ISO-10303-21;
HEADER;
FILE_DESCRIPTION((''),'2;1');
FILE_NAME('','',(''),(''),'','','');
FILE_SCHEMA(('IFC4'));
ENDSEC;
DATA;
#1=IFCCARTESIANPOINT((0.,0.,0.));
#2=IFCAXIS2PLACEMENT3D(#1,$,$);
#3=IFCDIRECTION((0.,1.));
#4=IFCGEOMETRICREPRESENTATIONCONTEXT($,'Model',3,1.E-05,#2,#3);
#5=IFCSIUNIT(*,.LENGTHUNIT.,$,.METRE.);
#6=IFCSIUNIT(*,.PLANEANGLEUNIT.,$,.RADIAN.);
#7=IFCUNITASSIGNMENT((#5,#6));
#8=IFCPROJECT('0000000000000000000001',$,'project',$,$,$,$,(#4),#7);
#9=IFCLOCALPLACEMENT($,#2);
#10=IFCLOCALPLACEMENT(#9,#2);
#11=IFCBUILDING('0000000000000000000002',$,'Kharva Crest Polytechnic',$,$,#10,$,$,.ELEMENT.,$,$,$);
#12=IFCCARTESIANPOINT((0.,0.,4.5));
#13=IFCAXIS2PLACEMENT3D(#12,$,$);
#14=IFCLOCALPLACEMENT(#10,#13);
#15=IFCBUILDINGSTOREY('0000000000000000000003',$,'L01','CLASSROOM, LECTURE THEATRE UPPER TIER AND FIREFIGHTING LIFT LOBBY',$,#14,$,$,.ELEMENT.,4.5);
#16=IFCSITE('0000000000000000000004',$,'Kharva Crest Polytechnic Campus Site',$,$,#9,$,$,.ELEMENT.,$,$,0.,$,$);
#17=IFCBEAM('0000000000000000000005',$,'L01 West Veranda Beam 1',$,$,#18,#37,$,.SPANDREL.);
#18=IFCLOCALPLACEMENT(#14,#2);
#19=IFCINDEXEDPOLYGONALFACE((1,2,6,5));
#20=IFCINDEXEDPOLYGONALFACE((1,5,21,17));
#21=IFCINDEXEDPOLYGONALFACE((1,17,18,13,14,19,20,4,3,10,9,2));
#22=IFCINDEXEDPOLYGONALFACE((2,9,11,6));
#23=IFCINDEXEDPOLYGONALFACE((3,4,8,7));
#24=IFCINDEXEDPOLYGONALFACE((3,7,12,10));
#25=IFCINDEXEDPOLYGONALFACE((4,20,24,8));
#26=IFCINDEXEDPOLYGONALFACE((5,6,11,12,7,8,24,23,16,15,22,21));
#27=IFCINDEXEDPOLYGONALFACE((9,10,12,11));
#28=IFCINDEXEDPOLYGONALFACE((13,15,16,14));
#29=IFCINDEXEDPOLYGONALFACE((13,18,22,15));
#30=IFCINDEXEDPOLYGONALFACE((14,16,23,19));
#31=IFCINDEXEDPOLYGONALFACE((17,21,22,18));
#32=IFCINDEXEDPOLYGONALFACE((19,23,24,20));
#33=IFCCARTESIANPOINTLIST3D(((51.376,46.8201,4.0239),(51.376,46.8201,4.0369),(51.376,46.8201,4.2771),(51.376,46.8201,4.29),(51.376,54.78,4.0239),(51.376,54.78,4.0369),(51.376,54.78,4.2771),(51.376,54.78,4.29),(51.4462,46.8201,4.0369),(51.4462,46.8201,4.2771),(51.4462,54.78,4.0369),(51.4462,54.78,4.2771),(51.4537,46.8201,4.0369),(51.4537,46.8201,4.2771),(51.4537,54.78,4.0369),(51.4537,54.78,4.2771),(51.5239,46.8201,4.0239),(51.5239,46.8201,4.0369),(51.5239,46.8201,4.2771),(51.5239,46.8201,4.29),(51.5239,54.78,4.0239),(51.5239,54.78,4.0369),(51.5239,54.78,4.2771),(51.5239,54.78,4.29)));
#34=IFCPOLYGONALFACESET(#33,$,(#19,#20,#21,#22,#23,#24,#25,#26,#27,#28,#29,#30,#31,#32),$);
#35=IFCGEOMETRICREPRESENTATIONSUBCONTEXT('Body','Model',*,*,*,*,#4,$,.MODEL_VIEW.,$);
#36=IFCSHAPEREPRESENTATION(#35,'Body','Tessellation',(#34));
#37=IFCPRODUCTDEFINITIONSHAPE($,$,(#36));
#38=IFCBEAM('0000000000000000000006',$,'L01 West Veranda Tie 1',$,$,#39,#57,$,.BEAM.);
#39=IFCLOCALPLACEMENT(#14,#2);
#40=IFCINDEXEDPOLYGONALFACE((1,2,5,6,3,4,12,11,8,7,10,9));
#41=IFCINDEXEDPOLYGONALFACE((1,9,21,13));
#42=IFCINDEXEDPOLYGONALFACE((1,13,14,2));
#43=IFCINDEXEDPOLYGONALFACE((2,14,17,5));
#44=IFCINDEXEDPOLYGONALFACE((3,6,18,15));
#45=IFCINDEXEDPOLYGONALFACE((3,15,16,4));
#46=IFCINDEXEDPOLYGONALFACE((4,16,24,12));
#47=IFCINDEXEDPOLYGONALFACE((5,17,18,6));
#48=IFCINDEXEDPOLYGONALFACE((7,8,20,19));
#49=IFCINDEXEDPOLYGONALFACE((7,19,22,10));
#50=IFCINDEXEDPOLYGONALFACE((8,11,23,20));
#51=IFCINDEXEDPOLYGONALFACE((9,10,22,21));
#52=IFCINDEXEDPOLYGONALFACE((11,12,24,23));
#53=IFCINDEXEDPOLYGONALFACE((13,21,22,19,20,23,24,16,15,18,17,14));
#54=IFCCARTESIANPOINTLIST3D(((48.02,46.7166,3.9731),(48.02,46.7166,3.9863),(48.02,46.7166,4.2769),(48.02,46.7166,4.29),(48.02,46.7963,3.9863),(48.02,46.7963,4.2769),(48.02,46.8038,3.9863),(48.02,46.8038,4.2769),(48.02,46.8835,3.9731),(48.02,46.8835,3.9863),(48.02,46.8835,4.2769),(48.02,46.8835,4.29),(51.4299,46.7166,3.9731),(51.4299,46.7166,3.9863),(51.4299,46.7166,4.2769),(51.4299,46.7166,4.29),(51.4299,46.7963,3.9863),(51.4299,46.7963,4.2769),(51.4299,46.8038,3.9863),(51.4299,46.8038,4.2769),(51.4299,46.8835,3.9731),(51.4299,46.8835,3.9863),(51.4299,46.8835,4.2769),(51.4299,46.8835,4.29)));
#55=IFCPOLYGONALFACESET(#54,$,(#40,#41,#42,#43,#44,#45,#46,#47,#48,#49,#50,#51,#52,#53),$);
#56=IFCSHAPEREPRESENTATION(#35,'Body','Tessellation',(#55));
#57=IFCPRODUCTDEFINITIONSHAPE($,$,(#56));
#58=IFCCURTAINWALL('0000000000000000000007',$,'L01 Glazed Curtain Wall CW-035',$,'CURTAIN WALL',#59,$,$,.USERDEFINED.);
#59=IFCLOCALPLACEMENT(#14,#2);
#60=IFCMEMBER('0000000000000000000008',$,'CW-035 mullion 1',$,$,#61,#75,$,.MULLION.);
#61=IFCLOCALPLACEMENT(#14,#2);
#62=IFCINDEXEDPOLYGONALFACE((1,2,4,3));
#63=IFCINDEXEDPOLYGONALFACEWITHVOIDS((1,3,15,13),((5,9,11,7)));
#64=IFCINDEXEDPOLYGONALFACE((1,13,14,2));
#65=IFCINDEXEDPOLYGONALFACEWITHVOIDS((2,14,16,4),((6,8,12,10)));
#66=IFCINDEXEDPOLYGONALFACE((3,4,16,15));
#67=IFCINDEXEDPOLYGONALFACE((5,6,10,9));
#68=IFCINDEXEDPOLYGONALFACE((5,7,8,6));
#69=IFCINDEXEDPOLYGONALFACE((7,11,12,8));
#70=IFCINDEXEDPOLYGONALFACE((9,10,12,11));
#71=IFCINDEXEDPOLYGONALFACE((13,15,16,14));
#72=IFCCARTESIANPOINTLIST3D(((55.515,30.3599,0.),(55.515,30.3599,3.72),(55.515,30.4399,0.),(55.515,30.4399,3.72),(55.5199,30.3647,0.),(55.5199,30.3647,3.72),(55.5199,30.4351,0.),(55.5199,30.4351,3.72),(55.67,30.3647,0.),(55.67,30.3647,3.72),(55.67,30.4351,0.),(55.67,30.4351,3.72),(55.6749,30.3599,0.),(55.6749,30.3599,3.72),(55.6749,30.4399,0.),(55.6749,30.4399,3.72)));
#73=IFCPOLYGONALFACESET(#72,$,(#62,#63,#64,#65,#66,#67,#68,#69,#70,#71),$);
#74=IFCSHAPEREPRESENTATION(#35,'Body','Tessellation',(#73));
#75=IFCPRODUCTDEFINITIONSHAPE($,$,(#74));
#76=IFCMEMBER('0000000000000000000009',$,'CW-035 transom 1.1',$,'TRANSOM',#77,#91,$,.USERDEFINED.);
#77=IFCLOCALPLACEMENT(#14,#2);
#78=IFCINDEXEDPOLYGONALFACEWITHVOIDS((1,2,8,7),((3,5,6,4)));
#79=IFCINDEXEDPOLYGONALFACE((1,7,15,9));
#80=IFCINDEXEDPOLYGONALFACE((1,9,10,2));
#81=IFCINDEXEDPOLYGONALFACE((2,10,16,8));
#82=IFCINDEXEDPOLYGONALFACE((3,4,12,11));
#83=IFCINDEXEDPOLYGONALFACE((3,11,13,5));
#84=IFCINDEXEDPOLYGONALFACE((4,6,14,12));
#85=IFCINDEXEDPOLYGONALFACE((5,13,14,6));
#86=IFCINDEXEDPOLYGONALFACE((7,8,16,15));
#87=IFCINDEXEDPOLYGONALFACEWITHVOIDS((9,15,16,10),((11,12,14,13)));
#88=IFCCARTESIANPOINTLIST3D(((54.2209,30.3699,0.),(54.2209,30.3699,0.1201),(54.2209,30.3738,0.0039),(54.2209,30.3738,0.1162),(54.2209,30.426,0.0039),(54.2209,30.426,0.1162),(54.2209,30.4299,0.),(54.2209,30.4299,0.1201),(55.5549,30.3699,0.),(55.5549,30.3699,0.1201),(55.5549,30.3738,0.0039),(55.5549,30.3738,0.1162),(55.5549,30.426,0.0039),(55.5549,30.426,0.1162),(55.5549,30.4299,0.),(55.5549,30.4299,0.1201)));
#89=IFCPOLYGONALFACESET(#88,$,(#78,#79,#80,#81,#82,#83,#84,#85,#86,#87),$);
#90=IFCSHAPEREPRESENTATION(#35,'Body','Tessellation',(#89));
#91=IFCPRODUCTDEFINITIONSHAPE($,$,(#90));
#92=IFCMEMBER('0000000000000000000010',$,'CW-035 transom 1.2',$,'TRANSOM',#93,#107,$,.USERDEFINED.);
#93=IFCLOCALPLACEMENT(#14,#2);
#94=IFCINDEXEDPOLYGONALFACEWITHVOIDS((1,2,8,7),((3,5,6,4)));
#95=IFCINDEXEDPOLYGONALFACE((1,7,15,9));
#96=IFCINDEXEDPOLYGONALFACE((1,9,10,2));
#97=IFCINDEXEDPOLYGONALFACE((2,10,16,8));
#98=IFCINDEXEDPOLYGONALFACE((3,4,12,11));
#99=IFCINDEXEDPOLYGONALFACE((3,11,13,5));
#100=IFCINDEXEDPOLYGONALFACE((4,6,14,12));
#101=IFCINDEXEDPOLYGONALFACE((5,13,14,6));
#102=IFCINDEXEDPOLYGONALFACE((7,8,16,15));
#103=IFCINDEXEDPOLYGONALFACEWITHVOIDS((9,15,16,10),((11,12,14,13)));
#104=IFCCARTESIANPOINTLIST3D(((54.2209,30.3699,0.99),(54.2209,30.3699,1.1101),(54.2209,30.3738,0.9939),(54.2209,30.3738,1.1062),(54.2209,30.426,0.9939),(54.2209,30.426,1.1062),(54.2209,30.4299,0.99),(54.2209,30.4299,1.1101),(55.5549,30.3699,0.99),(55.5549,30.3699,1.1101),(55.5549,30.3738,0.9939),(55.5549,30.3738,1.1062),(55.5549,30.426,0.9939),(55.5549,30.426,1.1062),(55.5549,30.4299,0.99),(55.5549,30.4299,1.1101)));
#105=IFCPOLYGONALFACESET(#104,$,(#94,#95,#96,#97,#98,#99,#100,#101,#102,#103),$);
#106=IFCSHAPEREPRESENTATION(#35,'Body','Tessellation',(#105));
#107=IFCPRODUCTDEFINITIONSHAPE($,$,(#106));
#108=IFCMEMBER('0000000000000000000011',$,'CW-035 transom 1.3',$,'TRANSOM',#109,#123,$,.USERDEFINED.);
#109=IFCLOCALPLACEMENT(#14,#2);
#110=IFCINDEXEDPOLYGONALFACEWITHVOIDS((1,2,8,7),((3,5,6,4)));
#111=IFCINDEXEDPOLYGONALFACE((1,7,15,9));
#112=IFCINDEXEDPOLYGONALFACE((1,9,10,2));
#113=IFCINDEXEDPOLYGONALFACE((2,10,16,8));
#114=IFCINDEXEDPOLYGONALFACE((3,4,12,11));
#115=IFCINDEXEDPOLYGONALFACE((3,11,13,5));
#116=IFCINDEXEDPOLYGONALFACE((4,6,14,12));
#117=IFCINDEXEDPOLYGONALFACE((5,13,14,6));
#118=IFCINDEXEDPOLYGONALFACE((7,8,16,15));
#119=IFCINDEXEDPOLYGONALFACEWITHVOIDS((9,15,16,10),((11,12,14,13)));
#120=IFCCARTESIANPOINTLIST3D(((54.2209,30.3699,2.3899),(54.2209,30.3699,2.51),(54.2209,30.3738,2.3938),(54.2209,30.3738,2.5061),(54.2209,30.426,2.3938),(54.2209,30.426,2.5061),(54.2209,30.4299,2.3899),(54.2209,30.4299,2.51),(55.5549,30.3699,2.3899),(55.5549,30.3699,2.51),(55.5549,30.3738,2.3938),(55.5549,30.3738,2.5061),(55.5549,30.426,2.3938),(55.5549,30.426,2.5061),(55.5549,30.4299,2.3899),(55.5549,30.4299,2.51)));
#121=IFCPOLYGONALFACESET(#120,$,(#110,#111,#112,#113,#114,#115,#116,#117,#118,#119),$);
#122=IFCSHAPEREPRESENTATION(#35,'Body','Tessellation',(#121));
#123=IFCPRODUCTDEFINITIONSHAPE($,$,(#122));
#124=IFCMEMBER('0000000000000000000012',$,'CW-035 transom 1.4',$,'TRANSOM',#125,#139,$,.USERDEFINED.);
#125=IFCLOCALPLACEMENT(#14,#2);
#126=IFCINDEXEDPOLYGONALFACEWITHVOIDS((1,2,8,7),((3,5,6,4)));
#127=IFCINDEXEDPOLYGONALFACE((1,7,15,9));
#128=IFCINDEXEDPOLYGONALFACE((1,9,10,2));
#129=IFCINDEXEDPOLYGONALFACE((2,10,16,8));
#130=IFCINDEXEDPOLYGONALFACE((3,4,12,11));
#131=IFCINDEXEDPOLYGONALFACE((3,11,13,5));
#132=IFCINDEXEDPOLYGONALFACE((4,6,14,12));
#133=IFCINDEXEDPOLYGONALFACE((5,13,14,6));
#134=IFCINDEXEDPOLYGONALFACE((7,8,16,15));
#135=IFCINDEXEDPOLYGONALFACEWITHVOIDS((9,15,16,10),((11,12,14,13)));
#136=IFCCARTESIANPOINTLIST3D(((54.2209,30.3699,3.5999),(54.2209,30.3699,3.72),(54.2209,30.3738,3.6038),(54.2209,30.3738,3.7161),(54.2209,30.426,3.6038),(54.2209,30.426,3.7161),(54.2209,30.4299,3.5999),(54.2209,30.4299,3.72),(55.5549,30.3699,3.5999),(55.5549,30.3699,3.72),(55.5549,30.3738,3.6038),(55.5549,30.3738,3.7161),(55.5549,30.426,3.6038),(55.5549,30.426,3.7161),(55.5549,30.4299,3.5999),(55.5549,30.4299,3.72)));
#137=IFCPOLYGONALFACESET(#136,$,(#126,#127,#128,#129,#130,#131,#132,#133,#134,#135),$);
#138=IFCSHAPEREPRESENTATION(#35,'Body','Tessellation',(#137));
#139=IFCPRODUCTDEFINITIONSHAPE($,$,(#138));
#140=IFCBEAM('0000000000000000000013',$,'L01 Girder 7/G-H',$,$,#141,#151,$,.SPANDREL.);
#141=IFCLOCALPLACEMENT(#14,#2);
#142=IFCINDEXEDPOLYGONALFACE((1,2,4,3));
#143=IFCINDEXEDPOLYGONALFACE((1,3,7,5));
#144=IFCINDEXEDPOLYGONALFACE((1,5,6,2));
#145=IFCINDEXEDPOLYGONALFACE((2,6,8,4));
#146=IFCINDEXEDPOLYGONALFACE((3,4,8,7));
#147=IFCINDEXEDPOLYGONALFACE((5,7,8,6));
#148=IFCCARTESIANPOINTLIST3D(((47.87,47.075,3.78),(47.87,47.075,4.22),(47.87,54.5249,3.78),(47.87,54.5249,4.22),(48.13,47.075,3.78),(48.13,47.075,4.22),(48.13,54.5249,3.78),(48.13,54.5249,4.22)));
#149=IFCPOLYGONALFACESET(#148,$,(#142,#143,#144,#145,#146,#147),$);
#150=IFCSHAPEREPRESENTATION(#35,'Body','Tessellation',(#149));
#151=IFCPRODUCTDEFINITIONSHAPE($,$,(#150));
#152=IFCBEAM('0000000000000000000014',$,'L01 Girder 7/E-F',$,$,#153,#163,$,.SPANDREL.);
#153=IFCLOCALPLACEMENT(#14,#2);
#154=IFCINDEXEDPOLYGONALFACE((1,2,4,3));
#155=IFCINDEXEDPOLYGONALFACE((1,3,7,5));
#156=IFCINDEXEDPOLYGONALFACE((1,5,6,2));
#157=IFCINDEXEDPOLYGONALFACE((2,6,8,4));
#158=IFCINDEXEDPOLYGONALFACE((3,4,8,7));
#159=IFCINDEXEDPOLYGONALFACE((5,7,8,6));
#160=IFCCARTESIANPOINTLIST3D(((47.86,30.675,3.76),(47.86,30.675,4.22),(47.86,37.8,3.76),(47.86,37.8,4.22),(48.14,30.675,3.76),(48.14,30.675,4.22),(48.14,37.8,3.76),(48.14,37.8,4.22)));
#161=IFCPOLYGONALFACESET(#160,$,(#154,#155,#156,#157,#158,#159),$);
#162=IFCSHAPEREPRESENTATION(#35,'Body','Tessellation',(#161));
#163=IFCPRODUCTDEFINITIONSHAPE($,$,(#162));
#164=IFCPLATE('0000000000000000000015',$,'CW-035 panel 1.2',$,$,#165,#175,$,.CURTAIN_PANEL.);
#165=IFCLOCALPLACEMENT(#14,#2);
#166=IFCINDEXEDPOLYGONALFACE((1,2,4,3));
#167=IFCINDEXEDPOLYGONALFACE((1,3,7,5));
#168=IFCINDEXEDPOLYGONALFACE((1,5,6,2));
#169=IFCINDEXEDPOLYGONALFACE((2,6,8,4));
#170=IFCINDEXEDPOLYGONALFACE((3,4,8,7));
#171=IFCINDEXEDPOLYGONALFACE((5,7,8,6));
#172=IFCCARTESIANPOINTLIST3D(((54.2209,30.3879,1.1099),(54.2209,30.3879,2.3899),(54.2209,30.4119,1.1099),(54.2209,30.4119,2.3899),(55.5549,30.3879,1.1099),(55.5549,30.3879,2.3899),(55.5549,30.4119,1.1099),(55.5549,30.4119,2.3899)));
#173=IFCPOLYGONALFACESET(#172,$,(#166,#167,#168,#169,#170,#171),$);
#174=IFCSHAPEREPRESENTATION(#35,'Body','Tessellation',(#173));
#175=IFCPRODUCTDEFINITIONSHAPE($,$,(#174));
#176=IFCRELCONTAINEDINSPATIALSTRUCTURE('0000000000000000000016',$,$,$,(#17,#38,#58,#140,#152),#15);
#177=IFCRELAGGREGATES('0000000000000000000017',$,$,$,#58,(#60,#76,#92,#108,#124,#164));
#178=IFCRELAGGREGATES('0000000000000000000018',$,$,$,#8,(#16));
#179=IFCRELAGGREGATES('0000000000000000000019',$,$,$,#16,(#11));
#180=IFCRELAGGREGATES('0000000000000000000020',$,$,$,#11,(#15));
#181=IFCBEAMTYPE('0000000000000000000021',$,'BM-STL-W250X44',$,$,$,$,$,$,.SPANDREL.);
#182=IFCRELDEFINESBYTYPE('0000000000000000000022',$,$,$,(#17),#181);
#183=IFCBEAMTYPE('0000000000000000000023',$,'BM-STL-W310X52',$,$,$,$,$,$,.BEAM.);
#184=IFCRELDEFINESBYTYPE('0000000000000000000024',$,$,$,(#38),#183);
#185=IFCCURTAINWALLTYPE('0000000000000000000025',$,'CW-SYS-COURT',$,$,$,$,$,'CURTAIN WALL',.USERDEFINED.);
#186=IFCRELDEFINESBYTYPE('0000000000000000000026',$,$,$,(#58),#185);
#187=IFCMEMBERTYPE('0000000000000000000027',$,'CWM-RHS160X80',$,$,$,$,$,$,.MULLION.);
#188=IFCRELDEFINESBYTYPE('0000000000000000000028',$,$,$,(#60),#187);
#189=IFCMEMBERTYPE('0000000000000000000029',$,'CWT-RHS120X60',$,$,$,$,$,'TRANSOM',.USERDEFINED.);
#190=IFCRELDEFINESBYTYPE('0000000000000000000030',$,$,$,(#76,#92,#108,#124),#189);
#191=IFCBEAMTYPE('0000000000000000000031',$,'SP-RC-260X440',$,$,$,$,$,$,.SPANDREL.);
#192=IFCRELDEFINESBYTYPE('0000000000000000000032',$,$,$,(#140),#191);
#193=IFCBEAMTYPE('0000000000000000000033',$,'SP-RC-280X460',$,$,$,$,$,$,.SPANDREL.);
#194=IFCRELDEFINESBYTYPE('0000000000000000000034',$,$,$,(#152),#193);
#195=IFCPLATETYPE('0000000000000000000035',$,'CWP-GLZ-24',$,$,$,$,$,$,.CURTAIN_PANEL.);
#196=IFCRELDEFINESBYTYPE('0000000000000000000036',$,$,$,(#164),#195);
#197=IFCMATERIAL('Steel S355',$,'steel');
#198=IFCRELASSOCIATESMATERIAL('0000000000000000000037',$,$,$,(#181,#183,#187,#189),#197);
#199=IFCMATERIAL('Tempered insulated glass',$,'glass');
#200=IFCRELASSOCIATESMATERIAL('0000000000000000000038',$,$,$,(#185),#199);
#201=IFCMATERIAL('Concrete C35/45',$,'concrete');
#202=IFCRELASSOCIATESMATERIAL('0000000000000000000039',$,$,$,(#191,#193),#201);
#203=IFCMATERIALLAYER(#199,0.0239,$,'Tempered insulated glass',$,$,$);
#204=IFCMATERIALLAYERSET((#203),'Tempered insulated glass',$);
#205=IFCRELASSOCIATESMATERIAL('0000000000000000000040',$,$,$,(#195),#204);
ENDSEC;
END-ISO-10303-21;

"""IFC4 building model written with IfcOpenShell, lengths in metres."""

from ifc_helpers import new_model, si_unit, direction, frame, origin, origin_2d, place, context, subcontext, project, spatial, rectangle, hollow_rectangle, i_section, extrude, material, layer, layer_set, material_profile, profile_set, type_object, element, aggregate, save


model = new_model("IFC4")

# Units and contexts
model_context = context("Model", 3, precision=1e-05, world=origin(), true_north=direction((0.0, 1.0)))
body_context = subcontext(model_context, "Body", "Model", "MODEL_VIEW")
ifc_project = project(units=[si_unit("LENGTHUNIT", "METRE"), si_unit("PLANEANGLEUNIT", "RADIAN")], contexts=[model_context])

# Site, building, storey
site_placement = place(None, origin())
site = spatial("IfcSite", under=ifc_project, at=site_placement, Name="Kharva Crest Polytechnic Campus Site", CompositionType="ELEMENT", RefElevation=0.0)
building_placement = place(site_placement, origin())
building = spatial("IfcBuilding", under=site, at=building_placement, Name="Kharva Crest Polytechnic", CompositionType="ELEMENT")
storey_placement = place(building_placement, frame((0.0, 0.0, 4.5)))
storey = spatial("IfcBuildingStorey", under=building, at=storey_placement, Name="L01", Description="CLASSROOM, LECTURE THEATRE UPPER TIER AND FIREFIGHTING LIFT LOBBY", CompositionType="ELEMENT", Elevation=4.5)

# Shared definitions
ifc_material_1 = material(Name="Steel S355", Category="steel")

# Beams
ifc_material_profile_1 = material_profile(ifc_material_1, i_section(OverallWidth=0.1479, OverallDepth=0.2661, WebThickness=0.0076, FlangeThickness=0.0129, at=origin_2d()), Name="W250X44.8")
ifc_profile_set_1 = profile_set([ifc_material_profile_1], Name="Steel S355")
beam_type_1 = type_object("IfcBeamType", Name="BM-STL-W250X44", PredefinedType="SPANDREL", material=ifc_profile_set_1)
beam_1_placement = place(storey_placement, frame((51.45, 46.8201, 4.157), z_axis=(0.0, 1.0, 0.0), x_axis=(-1.0, 0.0, 0.0)))
element("IfcBeam", 1, at=beam_1_placement, inside=storey, type_object=beam_type_1, Name="L01 West Veranda Beam 1", PredefinedType="SPANDREL", context=body_context, shape_type="SweptSolid", body=[
    extrude(i_section(OverallWidth=0.1479, OverallDepth=0.2661, WebThickness=0.0076, FlangeThickness=0.0129, at=origin_2d()), origin(), (0.0, 0.0, 1.0), 7.96),
])
ifc_material_profile_2 = material_profile(ifc_material_1, i_section(OverallWidth=0.167, OverallDepth=0.3169, WebThickness=0.0076, FlangeThickness=0.0132, at=origin_2d()), Name="W310X52")
ifc_profile_set_2 = profile_set([ifc_material_profile_2], Name="Steel S355")
beam_type_2 = type_object("IfcBeamType", Name="BM-STL-W310X52", PredefinedType="BEAM", material=ifc_profile_set_2)
beam_2_placement = place(storey_placement, frame((48.02, 46.8, 4.1316), z_axis=(1.0, 0.0, 0.0), x_axis=(0.0, 1.0, 0.0)))
element("IfcBeam", 2, at=beam_2_placement, inside=storey, type_object=beam_type_2, Name="L01 West Veranda Tie 1", PredefinedType="BEAM", context=body_context, shape_type="SweptSolid", body=[
    extrude(i_section(OverallWidth=0.167, OverallDepth=0.3169, WebThickness=0.0076, FlangeThickness=0.0132, at=origin_2d()), origin(), (0.0, 0.0, 1.0), 3.4099),
])

# Curtain wall, members
ifc_material_2 = material(Name="Tempered insulated glass", Category="glass")
curtain_wall_type = type_object("IfcCurtainWallType", Name="CW-SYS-COURT", ElementType="CURTAIN WALL", PredefinedType="USERDEFINED", material=ifc_material_2)
curtain_wall_placement = place(storey_placement, origin())
curtain_wall = element("IfcCurtainWall", 3, at=curtain_wall_placement, inside=storey, type_object=curtain_wall_type, Name="L01 Glazed Curtain Wall CW-035", ObjectType="CURTAIN WALL", PredefinedType="USERDEFINED")
ifc_material_profile_3 = material_profile(ifc_material_1, hollow_rectangle(XDim=0.0801, YDim=0.1599, WallThickness=0.0049, at=origin_2d()), Name="RHS 160X80X5.0")
ifc_profile_set_3 = profile_set([ifc_material_profile_3], Name="Steel S355")
member_type_1 = type_object("IfcMemberType", Name="CWM-RHS160X80", PredefinedType="MULLION", material=ifc_profile_set_3)
member_1_placement = place(storey_placement, frame((55.595, 30.3999, 0.0), z_axis=(0.0, 0.0, 1.0), x_axis=(0.0, -1.0, 0.0)))
member_1 = element("IfcMember", 4, at=member_1_placement, type_object=member_type_1, Name="CW-035 mullion 1", PredefinedType="MULLION", context=body_context, shape_type="SweptSolid", body=[
    extrude(hollow_rectangle(XDim=0.0801, YDim=0.1599, WallThickness=0.0049, at=origin_2d()), origin(), (0.0, 0.0, 1.0), 3.72),
])
ifc_material_profile_4 = material_profile(ifc_material_1, hollow_rectangle(XDim=0.0601, YDim=0.1201, WallThickness=0.0039, at=origin_2d()), Name="RHS 120X60X4.0")
ifc_profile_set_4 = profile_set([ifc_material_profile_4], Name="Steel S355")
member_type_2 = type_object("IfcMemberType", Name="CWT-RHS120X60", ElementType="TRANSOM", PredefinedType="USERDEFINED", material=ifc_profile_set_4)
member_2_placement = place(storey_placement, frame((55.5549, 30.3999, 0.0601), z_axis=(-1.0, 0.0, 0.0), x_axis=(0.0, -1.0, 0.0)))
member_2 = element("IfcMember", 5, at=member_2_placement, type_object=member_type_2, Name="CW-035 transom 1.1", ObjectType="TRANSOM", PredefinedType="USERDEFINED", context=body_context, shape_type="SweptSolid", body=[
    extrude(hollow_rectangle(XDim=0.0601, YDim=0.1201, WallThickness=0.0039, at=origin_2d()), origin(), (0.0, 0.0, 1.0), 1.334),
])
member_3_placement = place(storey_placement, frame((55.5549, 30.3999, 1.05), z_axis=(-1.0, 0.0, 0.0), x_axis=(0.0, -1.0, 0.0)))
member_3 = element("IfcMember", 6, at=member_3_placement, type_object=member_type_2, Name="CW-035 transom 1.2", ObjectType="TRANSOM", PredefinedType="USERDEFINED", context=body_context, shape_type="SweptSolid", body=[
    extrude(hollow_rectangle(XDim=0.0601, YDim=0.1201, WallThickness=0.0039, at=origin_2d()), origin(), (0.0, 0.0, 1.0), 1.334),
])
member_4_placement = place(storey_placement, frame((55.5549, 30.3999, 2.45), z_axis=(-1.0, 0.0, 0.0), x_axis=(0.0, -1.0, 0.0)))
member_4 = element("IfcMember", 7, at=member_4_placement, type_object=member_type_2, Name="CW-035 transom 1.3", ObjectType="TRANSOM", PredefinedType="USERDEFINED", context=body_context, shape_type="SweptSolid", body=[
    extrude(hollow_rectangle(XDim=0.0601, YDim=0.1201, WallThickness=0.0039, at=origin_2d()), origin(), (0.0, 0.0, 1.0), 1.334),
])
member_5_placement = place(storey_placement, frame((55.5549, 30.3999, 3.6599), z_axis=(-1.0, 0.0, 0.0), x_axis=(0.0, -1.0, 0.0)))
member_5 = element("IfcMember", 8, at=member_5_placement, type_object=member_type_2, Name="CW-035 transom 1.4", ObjectType="TRANSOM", PredefinedType="USERDEFINED", context=body_context, shape_type="SweptSolid", body=[
    extrude(hollow_rectangle(XDim=0.0601, YDim=0.1201, WallThickness=0.0039, at=origin_2d()), origin(), (0.0, 0.0, 1.0), 1.334),
])

# Beams
ifc_material_3 = material(Name="Concrete C35/45", Category="concrete")
ifc_material_profile_5 = material_profile(ifc_material_3, rectangle(XDim=0.26, YDim=0.4399, at=origin_2d()), Name="RECT 260 X 440")
ifc_profile_set_5 = profile_set([ifc_material_profile_5], Name="Concrete C35/45")
beam_type_3 = type_object("IfcBeamType", Name="SP-RC-260X440", PredefinedType="SPANDREL", material=ifc_profile_set_5)
beam_3_placement = place(storey_placement, frame((48.0, 47.075, 4.0), z_axis=(0.0, 1.0, 0.0), x_axis=(-1.0, 0.0, 0.0)))
element("IfcBeam", 9, at=beam_3_placement, inside=storey, type_object=beam_type_3, Name="L01 Girder 7/G-H", PredefinedType="SPANDREL", context=body_context, shape_type="SweptSolid", body=[
    extrude(rectangle(XDim=0.26, YDim=0.4399, at=origin_2d()), origin(), (0.0, 0.0, 1.0), 7.45),
])
ifc_material_profile_6 = material_profile(ifc_material_3, rectangle(XDim=0.28, YDim=0.46, at=origin_2d()), Name="RECT 280 X 460")
ifc_profile_set_6 = profile_set([ifc_material_profile_6], Name="Concrete C35/45")
beam_type_4 = type_object("IfcBeamType", Name="SP-RC-280X460", PredefinedType="SPANDREL", material=ifc_profile_set_6)
beam_4_placement = place(storey_placement, frame((48.0, 30.675, 3.99), z_axis=(0.0, 1.0, 0.0), x_axis=(-1.0, 0.0, 0.0)))
element("IfcBeam", 10, at=beam_4_placement, inside=storey, type_object=beam_type_4, Name="L01 Girder 7/E-F", PredefinedType="SPANDREL", context=body_context, shape_type="SweptSolid", body=[
    extrude(rectangle(XDim=0.28, YDim=0.46, at=origin_2d()), origin(), (0.0, 0.0, 1.0), 7.125),
])

# Plate
ifc_layer_1 = layer(ifc_material_2, 0.0239, Name="Tempered insulated glass")
ifc_layer_set_1 = layer_set([ifc_layer_1], Name="Tempered insulated glass")
plate_type = type_object("IfcPlateType", Name="CWP-GLZ-24", PredefinedType="CURTAIN_PANEL", material=ifc_layer_set_1)
plate_1_placement = place(storey_placement, frame((54.8879, 30.3999, 1.1099), z_axis=(0.0, 0.0, 1.0), x_axis=(-1.0, 0.0, 0.0)))
plate_1 = element("IfcPlate", 11, at=plate_1_placement, type_object=plate_type, Name="CW-035 panel 1.2", PredefinedType="CURTAIN_PANEL", context=body_context, shape_type="SweptSolid", body=[
    extrude(rectangle(XDim=1.334, YDim=0.0239, at=origin_2d()), origin(), (0.0, 0.0, 1.0), 1.28),
])
aggregate(curtain_wall, [member_1, member_2, member_3, member_4, member_5, plate_1])

save(model, "model.ifc")
